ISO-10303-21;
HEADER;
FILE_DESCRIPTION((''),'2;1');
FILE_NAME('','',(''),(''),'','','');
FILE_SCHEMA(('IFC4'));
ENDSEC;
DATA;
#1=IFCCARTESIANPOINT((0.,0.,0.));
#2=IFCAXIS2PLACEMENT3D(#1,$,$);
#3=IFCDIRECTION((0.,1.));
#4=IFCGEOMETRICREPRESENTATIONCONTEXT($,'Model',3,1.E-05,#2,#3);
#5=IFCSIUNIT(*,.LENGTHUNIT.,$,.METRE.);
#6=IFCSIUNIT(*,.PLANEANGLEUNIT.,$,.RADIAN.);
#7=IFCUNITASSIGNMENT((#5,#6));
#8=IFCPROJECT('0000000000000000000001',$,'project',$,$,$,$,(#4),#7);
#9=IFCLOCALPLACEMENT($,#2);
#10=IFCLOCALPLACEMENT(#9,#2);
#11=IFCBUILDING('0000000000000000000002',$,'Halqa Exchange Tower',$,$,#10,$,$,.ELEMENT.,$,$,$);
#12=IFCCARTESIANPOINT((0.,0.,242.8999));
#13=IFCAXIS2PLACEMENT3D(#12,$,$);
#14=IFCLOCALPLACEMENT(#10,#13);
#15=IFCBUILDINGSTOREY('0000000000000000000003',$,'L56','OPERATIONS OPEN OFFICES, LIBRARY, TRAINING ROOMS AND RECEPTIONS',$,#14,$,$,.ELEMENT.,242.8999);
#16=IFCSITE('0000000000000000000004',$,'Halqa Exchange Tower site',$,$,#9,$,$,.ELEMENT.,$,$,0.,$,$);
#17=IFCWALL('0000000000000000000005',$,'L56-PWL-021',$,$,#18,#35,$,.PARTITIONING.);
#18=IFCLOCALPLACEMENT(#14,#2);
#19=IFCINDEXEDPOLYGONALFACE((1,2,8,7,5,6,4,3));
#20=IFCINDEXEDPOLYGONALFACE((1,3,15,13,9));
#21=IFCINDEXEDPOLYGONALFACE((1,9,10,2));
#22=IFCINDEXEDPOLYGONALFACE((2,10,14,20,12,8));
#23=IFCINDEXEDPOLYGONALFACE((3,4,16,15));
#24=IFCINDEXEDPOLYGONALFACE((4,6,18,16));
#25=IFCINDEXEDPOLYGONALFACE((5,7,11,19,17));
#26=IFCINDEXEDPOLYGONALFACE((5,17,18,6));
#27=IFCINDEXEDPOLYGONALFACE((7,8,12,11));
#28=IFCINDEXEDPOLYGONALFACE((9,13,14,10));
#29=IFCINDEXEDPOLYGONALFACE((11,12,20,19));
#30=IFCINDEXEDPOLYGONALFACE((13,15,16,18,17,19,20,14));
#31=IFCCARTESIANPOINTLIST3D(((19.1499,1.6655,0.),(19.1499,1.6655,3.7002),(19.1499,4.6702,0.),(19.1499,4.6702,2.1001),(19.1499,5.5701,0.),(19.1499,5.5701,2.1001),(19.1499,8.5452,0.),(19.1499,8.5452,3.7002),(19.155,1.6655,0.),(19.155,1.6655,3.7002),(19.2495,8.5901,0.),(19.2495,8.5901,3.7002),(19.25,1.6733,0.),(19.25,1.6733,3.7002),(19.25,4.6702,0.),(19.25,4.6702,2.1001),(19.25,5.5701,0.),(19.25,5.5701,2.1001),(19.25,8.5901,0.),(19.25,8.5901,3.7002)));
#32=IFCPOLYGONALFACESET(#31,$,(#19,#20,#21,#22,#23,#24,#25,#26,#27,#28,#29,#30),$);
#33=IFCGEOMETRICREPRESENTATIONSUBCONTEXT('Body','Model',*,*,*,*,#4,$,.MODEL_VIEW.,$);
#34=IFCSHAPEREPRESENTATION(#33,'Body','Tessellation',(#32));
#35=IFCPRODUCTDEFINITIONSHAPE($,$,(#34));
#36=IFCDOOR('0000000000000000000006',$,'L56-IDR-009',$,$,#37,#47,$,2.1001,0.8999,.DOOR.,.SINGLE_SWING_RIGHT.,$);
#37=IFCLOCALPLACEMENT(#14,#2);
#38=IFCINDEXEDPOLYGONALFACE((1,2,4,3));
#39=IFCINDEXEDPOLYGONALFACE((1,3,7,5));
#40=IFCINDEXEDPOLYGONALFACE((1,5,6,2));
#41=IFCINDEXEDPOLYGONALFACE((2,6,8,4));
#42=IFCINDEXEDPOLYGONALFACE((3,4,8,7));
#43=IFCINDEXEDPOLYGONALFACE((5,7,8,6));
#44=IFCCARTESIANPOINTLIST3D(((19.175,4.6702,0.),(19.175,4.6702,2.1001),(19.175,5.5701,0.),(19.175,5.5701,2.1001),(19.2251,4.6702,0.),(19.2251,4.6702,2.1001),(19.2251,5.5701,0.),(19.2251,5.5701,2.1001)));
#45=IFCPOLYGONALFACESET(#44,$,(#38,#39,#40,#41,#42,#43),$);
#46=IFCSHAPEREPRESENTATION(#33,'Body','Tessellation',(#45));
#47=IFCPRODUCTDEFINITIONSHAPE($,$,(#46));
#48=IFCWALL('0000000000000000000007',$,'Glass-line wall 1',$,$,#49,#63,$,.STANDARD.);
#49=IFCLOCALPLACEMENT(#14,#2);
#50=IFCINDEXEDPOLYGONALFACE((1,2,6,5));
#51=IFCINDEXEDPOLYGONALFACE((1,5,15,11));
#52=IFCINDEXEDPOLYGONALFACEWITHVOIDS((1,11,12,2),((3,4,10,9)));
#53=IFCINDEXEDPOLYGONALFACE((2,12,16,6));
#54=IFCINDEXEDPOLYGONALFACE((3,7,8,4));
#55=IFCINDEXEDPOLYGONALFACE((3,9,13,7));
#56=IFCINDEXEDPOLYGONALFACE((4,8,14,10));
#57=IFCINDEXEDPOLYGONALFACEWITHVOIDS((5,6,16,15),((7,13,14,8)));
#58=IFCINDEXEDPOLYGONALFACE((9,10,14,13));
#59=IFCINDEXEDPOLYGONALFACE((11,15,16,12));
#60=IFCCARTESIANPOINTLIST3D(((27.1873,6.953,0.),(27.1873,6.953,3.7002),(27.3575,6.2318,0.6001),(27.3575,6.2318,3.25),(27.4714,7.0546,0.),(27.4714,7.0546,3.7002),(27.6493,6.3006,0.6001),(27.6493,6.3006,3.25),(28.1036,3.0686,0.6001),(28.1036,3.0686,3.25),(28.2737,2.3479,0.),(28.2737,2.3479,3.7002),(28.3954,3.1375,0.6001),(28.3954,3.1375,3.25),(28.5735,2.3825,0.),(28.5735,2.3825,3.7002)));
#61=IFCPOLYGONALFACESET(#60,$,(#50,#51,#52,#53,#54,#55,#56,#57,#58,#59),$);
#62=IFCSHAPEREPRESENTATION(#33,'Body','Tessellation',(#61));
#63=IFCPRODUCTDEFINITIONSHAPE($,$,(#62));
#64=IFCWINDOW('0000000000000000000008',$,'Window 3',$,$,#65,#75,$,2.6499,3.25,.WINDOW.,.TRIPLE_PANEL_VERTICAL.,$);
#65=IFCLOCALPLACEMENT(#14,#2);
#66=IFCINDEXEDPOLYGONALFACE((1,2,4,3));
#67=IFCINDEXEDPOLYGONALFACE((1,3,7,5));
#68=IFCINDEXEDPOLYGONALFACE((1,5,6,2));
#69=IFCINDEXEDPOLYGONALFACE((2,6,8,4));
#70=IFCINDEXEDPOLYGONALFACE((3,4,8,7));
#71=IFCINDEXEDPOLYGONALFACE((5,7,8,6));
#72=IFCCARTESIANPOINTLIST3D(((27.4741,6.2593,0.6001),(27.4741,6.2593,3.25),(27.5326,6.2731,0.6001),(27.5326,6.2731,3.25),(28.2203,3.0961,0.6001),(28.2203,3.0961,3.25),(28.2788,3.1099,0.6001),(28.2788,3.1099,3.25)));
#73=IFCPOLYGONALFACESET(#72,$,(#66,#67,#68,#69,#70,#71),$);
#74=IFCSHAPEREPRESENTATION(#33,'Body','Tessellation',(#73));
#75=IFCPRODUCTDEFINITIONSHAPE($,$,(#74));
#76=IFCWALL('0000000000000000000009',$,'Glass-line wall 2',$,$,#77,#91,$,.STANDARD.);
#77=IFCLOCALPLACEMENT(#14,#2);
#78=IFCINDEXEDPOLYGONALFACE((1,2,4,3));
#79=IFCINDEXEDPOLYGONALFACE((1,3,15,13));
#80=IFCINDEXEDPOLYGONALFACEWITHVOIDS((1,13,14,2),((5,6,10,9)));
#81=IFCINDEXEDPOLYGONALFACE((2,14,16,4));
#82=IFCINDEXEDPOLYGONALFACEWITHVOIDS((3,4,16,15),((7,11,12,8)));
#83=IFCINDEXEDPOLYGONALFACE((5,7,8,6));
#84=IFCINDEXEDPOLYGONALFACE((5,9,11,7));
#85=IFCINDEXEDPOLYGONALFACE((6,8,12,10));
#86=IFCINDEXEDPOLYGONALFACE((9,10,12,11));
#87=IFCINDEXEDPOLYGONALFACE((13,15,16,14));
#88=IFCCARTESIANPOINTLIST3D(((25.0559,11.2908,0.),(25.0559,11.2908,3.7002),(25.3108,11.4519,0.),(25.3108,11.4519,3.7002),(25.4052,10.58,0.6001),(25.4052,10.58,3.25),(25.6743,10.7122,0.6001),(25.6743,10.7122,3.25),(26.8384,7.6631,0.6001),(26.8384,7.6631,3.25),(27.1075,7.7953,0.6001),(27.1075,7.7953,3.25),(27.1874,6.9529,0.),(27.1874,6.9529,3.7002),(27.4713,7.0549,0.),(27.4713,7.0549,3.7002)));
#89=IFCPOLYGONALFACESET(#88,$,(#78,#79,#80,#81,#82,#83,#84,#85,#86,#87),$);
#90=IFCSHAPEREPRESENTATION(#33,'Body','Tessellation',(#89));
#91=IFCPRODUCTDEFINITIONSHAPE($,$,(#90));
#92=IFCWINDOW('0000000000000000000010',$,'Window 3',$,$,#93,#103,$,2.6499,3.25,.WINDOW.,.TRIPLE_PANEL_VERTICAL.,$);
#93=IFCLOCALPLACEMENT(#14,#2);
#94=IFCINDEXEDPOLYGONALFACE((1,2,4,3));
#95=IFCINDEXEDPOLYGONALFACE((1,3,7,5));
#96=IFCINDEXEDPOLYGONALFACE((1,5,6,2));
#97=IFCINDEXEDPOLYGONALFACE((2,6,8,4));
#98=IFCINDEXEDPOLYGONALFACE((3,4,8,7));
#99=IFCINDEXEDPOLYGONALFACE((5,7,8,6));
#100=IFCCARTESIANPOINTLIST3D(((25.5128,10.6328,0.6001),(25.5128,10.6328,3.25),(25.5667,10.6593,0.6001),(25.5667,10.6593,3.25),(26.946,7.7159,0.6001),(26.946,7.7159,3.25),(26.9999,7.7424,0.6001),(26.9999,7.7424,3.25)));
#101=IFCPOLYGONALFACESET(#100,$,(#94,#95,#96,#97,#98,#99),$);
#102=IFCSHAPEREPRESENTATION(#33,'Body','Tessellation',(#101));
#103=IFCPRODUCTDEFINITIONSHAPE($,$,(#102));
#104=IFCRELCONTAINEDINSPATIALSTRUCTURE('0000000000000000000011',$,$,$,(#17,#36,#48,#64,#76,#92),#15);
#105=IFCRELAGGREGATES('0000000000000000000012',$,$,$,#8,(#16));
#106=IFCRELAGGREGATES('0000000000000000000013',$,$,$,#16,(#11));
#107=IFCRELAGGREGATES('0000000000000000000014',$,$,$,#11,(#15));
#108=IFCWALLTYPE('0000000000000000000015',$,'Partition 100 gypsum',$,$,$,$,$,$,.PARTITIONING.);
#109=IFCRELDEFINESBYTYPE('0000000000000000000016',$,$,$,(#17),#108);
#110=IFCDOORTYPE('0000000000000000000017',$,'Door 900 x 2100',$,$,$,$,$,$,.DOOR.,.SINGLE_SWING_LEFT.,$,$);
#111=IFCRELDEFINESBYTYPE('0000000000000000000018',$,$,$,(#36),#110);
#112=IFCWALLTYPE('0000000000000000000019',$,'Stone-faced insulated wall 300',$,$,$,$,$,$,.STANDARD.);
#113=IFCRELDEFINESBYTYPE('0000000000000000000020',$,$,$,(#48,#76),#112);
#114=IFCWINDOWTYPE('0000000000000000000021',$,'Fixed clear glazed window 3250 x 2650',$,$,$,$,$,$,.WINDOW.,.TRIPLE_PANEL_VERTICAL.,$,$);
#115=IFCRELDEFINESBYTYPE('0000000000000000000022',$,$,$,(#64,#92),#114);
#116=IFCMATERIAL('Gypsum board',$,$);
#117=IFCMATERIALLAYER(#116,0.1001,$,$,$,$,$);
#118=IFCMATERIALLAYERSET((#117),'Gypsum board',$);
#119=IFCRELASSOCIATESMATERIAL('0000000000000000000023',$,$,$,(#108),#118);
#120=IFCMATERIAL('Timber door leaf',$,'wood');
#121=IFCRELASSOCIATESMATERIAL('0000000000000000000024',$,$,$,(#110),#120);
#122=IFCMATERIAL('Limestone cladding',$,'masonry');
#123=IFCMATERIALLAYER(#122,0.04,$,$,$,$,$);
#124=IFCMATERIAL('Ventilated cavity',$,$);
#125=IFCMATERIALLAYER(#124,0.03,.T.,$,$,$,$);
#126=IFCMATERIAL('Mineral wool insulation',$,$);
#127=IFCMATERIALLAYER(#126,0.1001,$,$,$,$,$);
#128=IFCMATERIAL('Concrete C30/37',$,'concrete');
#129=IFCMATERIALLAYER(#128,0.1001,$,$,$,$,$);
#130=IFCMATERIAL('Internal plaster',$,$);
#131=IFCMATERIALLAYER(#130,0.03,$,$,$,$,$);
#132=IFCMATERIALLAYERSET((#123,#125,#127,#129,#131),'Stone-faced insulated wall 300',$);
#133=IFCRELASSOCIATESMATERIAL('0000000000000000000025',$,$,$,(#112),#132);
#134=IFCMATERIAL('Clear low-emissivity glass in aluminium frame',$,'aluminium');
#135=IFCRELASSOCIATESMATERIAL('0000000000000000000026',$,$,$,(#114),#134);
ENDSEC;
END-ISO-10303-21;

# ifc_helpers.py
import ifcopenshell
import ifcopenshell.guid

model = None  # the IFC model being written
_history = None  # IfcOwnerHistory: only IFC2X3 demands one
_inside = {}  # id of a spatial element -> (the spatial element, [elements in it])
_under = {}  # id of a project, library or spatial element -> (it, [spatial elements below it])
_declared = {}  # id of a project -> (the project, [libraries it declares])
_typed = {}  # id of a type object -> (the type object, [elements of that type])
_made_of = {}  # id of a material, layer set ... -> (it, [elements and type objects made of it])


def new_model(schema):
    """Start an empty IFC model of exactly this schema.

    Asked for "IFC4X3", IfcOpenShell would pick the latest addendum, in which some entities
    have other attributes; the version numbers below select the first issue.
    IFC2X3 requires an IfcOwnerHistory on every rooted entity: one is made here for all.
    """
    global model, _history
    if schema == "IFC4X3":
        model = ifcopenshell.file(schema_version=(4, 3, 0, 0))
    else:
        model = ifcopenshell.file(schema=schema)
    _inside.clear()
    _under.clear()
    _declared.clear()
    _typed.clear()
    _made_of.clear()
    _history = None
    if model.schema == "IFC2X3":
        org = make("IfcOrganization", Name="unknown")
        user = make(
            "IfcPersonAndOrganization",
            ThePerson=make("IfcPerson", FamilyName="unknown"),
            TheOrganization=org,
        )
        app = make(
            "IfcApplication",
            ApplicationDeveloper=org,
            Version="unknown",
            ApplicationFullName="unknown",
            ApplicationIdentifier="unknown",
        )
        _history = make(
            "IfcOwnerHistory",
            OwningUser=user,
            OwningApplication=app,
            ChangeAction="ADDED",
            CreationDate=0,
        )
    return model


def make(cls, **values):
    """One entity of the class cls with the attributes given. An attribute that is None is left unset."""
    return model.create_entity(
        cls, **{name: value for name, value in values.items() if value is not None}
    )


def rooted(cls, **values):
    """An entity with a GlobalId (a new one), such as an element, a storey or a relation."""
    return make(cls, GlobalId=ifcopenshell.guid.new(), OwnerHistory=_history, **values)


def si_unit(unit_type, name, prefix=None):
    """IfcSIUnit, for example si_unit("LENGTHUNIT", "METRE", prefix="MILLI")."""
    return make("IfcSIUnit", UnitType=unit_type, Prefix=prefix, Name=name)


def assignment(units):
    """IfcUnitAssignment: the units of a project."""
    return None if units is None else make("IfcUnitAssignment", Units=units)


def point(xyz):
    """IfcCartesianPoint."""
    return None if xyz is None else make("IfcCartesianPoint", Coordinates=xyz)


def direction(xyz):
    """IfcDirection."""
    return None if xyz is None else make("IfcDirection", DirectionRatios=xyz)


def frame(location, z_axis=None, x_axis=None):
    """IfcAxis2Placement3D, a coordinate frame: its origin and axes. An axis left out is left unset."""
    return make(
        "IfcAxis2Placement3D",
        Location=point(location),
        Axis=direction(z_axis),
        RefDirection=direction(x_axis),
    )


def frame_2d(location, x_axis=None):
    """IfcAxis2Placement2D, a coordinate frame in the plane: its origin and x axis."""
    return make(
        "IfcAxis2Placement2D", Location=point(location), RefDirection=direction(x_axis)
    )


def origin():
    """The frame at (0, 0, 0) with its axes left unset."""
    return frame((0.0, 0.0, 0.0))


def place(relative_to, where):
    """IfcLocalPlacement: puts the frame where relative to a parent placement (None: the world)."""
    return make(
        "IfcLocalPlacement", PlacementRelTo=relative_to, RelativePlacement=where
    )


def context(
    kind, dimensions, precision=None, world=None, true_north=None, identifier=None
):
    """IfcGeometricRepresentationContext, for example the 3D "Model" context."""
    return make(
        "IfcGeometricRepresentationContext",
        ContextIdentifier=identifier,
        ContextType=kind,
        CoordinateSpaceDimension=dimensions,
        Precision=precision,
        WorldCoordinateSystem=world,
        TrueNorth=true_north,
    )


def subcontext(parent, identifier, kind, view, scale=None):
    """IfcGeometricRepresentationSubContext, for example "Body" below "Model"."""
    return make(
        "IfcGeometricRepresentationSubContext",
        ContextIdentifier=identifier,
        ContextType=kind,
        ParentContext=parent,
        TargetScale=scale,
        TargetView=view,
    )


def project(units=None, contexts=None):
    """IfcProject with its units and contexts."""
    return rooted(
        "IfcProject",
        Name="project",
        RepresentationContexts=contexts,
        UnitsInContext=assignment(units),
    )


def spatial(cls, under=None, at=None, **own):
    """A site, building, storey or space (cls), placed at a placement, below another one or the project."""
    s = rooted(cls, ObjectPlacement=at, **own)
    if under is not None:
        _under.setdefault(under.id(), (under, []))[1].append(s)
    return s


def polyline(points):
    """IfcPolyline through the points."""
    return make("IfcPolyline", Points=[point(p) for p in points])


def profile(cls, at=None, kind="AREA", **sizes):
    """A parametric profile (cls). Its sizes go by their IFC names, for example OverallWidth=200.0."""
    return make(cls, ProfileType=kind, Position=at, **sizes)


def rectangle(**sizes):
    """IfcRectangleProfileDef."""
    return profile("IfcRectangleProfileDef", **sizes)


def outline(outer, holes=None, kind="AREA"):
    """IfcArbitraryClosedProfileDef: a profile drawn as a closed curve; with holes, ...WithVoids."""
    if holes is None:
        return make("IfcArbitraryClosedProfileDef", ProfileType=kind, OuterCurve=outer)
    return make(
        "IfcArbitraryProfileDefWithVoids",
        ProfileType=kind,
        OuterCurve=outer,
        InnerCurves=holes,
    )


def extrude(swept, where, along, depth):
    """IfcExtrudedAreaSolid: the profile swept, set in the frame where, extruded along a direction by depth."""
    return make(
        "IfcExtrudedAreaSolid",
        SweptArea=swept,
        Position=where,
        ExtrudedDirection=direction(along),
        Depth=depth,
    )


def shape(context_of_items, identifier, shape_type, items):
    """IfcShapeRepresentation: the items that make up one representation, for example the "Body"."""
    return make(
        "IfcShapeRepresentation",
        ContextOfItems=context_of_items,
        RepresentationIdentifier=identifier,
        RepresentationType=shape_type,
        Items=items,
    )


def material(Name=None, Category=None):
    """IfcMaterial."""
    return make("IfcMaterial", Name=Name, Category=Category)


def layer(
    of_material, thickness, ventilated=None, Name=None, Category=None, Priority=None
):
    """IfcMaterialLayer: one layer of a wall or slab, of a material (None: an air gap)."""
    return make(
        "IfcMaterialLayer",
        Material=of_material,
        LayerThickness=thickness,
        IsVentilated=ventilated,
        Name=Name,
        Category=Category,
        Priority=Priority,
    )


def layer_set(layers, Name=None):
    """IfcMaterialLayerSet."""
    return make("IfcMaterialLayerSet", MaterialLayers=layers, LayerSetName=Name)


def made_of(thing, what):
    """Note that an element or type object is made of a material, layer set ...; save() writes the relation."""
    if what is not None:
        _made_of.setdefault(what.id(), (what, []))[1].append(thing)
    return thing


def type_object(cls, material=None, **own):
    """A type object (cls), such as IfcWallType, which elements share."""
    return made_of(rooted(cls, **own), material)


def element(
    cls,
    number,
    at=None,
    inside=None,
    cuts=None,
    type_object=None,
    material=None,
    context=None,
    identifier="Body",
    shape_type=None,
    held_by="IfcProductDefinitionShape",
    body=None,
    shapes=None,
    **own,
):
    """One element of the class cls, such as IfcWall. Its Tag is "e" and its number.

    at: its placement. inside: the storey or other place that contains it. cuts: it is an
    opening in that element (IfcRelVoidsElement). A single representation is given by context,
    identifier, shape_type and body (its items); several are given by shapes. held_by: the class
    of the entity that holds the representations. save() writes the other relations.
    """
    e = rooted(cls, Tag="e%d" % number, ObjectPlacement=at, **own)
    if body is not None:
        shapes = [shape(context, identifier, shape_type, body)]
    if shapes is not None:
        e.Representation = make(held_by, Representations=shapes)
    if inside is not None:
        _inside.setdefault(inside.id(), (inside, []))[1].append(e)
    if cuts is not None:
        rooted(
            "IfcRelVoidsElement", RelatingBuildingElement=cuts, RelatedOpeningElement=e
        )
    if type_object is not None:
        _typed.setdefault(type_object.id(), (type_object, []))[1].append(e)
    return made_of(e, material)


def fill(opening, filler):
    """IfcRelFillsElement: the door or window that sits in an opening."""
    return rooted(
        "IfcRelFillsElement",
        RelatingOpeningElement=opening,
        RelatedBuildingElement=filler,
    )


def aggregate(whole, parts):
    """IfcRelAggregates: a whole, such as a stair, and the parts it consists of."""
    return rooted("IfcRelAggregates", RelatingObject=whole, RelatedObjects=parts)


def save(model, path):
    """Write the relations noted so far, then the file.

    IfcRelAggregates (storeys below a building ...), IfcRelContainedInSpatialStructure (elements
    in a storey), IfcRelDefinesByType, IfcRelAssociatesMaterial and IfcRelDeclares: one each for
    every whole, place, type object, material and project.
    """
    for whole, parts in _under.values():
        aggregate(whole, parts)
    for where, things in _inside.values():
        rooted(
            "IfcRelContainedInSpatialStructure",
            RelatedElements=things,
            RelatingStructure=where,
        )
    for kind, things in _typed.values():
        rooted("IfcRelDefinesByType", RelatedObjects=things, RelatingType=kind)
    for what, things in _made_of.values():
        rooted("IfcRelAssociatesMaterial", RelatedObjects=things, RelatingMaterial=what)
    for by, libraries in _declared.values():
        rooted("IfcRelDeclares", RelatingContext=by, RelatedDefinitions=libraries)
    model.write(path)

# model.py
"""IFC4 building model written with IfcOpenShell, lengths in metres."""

from ifc_helpers import new_model, si_unit, direction, frame, frame_2d, origin, place, context, subcontext, project, spatial, polyline, rectangle, outline, extrude, material, layer, layer_set, type_object, element, fill, save


model = new_model("IFC4")

# Units and contexts
model_context = context("Model", 3, precision=1e-05, world=origin(), true_north=direction((0.0, 1.0)))
body_context = subcontext(model_context, "Body", "Model", "MODEL_VIEW")
ifc_project = project(units=[si_unit("LENGTHUNIT", "METRE"), si_unit("PLANEANGLEUNIT", "RADIAN")], contexts=[model_context])

# Site, building, storey
site_placement = place(None, origin())
site = spatial("IfcSite", under=ifc_project, at=site_placement, Name="Halqa Exchange Tower site", CompositionType="ELEMENT", RefElevation=0.0)
building_placement = place(site_placement, origin())
building = spatial("IfcBuilding", under=site, at=building_placement, Name="Halqa Exchange Tower", CompositionType="ELEMENT")
storey_placement = place(building_placement, frame((0.0, 0.0, 242.8999)))
storey = spatial("IfcBuildingStorey", under=building, at=storey_placement, Name="L56", Description="OPERATIONS OPEN OFFICES, LIBRARY, TRAINING ROOMS AND RECEPTIONS", CompositionType="ELEMENT", Elevation=242.8999)

# Wall, opening, door
ifc_material_1 = material(Name="Gypsum board")
ifc_layer_1 = layer(ifc_material_1, 0.1001)
ifc_layer_set_1 = layer_set([ifc_layer_1], Name="Gypsum board")
wall_type_1 = type_object("IfcWallType", Name="Partition 100 gypsum", PredefinedType="PARTITIONING", material=ifc_layer_set_1)
wall_1_placement = place(storey_placement, frame((19.2, 8.5901, 0.0), z_axis=(0.0, 0.0, 1.0), x_axis=(0.0, -1.0, 0.0)))
wall_1 = element("IfcWall", 1, at=wall_1_placement, inside=storey, type_object=wall_type_1, Name="L56-PWL-021", PredefinedType="PARTITIONING", context=body_context, shape_type="SweptSolid", body=[
    extrude(outline(polyline([(6.9246, -0.05), (6.9246, -0.0449), (6.9167, 0.05), (5.1875, 0.05), (3.4583, 0.05), (1.7292, 0.05), (0.0, 0.05), (0.0, 0.0496), (0.0449, -0.05), (1.7646, -0.05), (3.4846, -0.05), (5.2046, -0.05), (6.9246, -0.05)])), origin(), (0.0, 0.0, 1.0), 3.7002),
])
opening_1_placement = place(wall_1_placement, frame((3.02, 0.0, 0.0)))
opening_1 = element("IfcOpeningElement", 2, at=opening_1_placement, cuts=wall_1, PredefinedType="OPENING", context=body_context, shape_type="SweptSolid", body=[
    extrude(rectangle(XDim=0.8999, YDim=2.1001, at=frame_2d((0.45, 1.05))), frame((0.0, 0.062, 0.0), z_axis=(0.0, -1.0, 0.0), x_axis=(1.0, 0.0, 0.0)), (0.0, 0.0, 1.0), 0.124),
])
ifc_material_2 = material(Name="Timber door leaf", Category="wood")
door_type_1 = type_object("IfcDoorType", Name="Door 900 x 2100", OperationType="SINGLE_SWING_LEFT", PredefinedType="DOOR", material=ifc_material_2)
door_1_placement = place(opening_1_placement, frame((0.8999, 0.0, 0.0), z_axis=(0.0, 0.0, 1.0), x_axis=(-1.0, 0.0, 0.0)))
door_1 = element("IfcDoor", 3, at=door_1_placement, inside=storey, type_object=door_type_1, Name="L56-IDR-009", OperationType="SINGLE_SWING_RIGHT", OverallHeight=2.1001, OverallWidth=0.8999, PredefinedType="DOOR", context=body_context, shape_type="SweptSolid", body=[
    extrude(rectangle(XDim=0.8999, YDim=2.1001, at=frame_2d((0.45, 1.05))), frame((0.0, 0.0249, 0.0), z_axis=(0.0, -1.0, 0.0), x_axis=(1.0, 0.0, 0.0)), (0.0, 0.0, 1.0), 0.05),
])
fill(opening_1, door_1)

# Walls, openings, windows
ifc_material_3 = material(Name="Limestone cladding", Category="masonry")
ifc_layer_2 = layer(ifc_material_3, 0.04)
ifc_material_4 = material(Name="Ventilated cavity")
ifc_layer_3 = layer(ifc_material_4, 0.03, ventilated=True)
ifc_material_5 = material(Name="Mineral wool insulation")
ifc_layer_4 = layer(ifc_material_5, 0.1001)
ifc_material_6 = material(Name="Concrete C30/37", Category="concrete")
ifc_layer_5 = layer(ifc_material_6, 0.1001)
ifc_material_7 = material(Name="Internal plaster")
ifc_layer_6 = layer(ifc_material_7, 0.03)
ifc_layer_set_2 = layer_set([ifc_layer_2, ifc_layer_3, ifc_layer_4, ifc_layer_5, ifc_layer_6], Name="Stone-faced insulated wall 300")
wall_type_2 = type_object("IfcWallType", Name="Stone-faced insulated wall 300", PredefinedType="STANDARD", material=ifc_layer_set_2)
wall_2_placement = place(storey_placement, frame((28.4236, 2.3652, 0.0), z_axis=(0.0, 0.0, 1.0), x_axis=(-0.229593, 0.973287, 0.0)))
wall_2 = element("IfcWall", 4, at=wall_2_placement, inside=storey, type_object=wall_type_2, Name="Glass-line wall 1", PredefinedType="STANDARD", context=body_context, shape_type="SweptSolid", body=[
    extrude(outline(polyline([(-0.0176, -0.1499), (4.7827, -0.1499), (4.749, 0.1499), (0.0176, 0.1499), (-0.0176, -0.1499)])), origin(), (0.0, 0.0, 1.0), 3.7002),
])
opening_2_placement = place(wall_2_placement, frame((0.7581, 0.0, 0.6001)))
opening_2 = element("IfcOpeningElement", 5, at=opening_2_placement, cuts=wall_2, PredefinedType="OPENING", context=body_context, shape_type="SweptSolid", body=[
    extrude(rectangle(XDim=3.25, YDim=2.6499, at=frame_2d((1.625, 1.325))), frame((0.0, 0.1621, 0.0), z_axis=(0.0, -1.0, 0.0), x_axis=(1.0, 0.0, 0.0)), (0.0, 0.0, 1.0), 0.324),
])
ifc_material_8 = material(Name="Clear low-emissivity glass in aluminium frame", Category="aluminium")
window_type = type_object("IfcWindowType", Name="Fixed clear glazed window 3250 x 2650", PartitioningType="TRIPLE_PANEL_VERTICAL", PredefinedType="WINDOW", material=ifc_material_8)
window_1_placement = place(opening_2_placement, origin())
window_1 = element("IfcWindow", 6, at=window_1_placement, inside=storey, type_object=window_type, Name="Window 3", OverallHeight=2.6499, OverallWidth=3.25, PartitioningType="TRIPLE_PANEL_VERTICAL", PredefinedType="WINDOW", context=body_context, shape_type="SweptSolid", body=[
    extrude(rectangle(XDim=3.25, YDim=2.6499, at=frame_2d((1.625, 1.325))), frame((0.0, 0.03, 0.0), z_axis=(0.0, -1.0, 0.0), x_axis=(1.0, 0.0, 0.0)), (0.0, 0.0, 1.0), 0.0601),
])
fill(opening_2, window_1)
wall_3_placement = place(storey_placement, frame((27.3293, 7.0039, 0.0), z_axis=(0.0, 0.0, 1.0), x_axis=(-0.441002, 0.897506, 0.0)))
wall_3 = element("IfcWall", 7, at=wall_3_placement, inside=storey, type_object=wall_type_2, Name="Glass-line wall 2", PredefinedType="STANDARD", context=body_context, shape_type="SweptSolid", body=[
    extrude(outline(polyline([(-0.0168, -0.1499), (4.8823, -0.1499), (4.8501, 0.1499), (0.0168, 0.1499), (-0.0168, -0.1499)])), origin(), (0.0, 0.0, 1.0), 3.7002),
])
opening_3_placement = place(wall_3_placement, frame((0.8081, 0.0, 0.6001)))
opening_3 = element("IfcOpeningElement", 8, at=opening_3_placement, cuts=wall_3, PredefinedType="OPENING", context=body_context, shape_type="SweptSolid", body=[
    extrude(rectangle(XDim=3.25, YDim=2.6499, at=frame_2d((1.625, 1.325))), frame((0.0, 0.1621, 0.0), z_axis=(0.0, -1.0, 0.0), x_axis=(1.0, 0.0, 0.0)), (0.0, 0.0, 1.0), 0.324),
])
window_2_placement = place(opening_3_placement, origin())
window_2 = element("IfcWindow", 9, at=window_2_placement, inside=storey, type_object=window_type, Name="Window 3", OverallHeight=2.6499, OverallWidth=3.25, PartitioningType="TRIPLE_PANEL_VERTICAL", PredefinedType="WINDOW", context=body_context, shape_type="SweptSolid", body=[
    extrude(rectangle(XDim=3.25, YDim=2.6499, at=frame_2d((1.625, 1.325))), frame((0.0, 0.03, 0.0), z_axis=(0.0, -1.0, 0.0), x_axis=(1.0, 0.0, 0.0)), (0.0, 0.0, 1.0), 0.0601),
])
fill(opening_3, window_2)

save(model, "model.ifc")
